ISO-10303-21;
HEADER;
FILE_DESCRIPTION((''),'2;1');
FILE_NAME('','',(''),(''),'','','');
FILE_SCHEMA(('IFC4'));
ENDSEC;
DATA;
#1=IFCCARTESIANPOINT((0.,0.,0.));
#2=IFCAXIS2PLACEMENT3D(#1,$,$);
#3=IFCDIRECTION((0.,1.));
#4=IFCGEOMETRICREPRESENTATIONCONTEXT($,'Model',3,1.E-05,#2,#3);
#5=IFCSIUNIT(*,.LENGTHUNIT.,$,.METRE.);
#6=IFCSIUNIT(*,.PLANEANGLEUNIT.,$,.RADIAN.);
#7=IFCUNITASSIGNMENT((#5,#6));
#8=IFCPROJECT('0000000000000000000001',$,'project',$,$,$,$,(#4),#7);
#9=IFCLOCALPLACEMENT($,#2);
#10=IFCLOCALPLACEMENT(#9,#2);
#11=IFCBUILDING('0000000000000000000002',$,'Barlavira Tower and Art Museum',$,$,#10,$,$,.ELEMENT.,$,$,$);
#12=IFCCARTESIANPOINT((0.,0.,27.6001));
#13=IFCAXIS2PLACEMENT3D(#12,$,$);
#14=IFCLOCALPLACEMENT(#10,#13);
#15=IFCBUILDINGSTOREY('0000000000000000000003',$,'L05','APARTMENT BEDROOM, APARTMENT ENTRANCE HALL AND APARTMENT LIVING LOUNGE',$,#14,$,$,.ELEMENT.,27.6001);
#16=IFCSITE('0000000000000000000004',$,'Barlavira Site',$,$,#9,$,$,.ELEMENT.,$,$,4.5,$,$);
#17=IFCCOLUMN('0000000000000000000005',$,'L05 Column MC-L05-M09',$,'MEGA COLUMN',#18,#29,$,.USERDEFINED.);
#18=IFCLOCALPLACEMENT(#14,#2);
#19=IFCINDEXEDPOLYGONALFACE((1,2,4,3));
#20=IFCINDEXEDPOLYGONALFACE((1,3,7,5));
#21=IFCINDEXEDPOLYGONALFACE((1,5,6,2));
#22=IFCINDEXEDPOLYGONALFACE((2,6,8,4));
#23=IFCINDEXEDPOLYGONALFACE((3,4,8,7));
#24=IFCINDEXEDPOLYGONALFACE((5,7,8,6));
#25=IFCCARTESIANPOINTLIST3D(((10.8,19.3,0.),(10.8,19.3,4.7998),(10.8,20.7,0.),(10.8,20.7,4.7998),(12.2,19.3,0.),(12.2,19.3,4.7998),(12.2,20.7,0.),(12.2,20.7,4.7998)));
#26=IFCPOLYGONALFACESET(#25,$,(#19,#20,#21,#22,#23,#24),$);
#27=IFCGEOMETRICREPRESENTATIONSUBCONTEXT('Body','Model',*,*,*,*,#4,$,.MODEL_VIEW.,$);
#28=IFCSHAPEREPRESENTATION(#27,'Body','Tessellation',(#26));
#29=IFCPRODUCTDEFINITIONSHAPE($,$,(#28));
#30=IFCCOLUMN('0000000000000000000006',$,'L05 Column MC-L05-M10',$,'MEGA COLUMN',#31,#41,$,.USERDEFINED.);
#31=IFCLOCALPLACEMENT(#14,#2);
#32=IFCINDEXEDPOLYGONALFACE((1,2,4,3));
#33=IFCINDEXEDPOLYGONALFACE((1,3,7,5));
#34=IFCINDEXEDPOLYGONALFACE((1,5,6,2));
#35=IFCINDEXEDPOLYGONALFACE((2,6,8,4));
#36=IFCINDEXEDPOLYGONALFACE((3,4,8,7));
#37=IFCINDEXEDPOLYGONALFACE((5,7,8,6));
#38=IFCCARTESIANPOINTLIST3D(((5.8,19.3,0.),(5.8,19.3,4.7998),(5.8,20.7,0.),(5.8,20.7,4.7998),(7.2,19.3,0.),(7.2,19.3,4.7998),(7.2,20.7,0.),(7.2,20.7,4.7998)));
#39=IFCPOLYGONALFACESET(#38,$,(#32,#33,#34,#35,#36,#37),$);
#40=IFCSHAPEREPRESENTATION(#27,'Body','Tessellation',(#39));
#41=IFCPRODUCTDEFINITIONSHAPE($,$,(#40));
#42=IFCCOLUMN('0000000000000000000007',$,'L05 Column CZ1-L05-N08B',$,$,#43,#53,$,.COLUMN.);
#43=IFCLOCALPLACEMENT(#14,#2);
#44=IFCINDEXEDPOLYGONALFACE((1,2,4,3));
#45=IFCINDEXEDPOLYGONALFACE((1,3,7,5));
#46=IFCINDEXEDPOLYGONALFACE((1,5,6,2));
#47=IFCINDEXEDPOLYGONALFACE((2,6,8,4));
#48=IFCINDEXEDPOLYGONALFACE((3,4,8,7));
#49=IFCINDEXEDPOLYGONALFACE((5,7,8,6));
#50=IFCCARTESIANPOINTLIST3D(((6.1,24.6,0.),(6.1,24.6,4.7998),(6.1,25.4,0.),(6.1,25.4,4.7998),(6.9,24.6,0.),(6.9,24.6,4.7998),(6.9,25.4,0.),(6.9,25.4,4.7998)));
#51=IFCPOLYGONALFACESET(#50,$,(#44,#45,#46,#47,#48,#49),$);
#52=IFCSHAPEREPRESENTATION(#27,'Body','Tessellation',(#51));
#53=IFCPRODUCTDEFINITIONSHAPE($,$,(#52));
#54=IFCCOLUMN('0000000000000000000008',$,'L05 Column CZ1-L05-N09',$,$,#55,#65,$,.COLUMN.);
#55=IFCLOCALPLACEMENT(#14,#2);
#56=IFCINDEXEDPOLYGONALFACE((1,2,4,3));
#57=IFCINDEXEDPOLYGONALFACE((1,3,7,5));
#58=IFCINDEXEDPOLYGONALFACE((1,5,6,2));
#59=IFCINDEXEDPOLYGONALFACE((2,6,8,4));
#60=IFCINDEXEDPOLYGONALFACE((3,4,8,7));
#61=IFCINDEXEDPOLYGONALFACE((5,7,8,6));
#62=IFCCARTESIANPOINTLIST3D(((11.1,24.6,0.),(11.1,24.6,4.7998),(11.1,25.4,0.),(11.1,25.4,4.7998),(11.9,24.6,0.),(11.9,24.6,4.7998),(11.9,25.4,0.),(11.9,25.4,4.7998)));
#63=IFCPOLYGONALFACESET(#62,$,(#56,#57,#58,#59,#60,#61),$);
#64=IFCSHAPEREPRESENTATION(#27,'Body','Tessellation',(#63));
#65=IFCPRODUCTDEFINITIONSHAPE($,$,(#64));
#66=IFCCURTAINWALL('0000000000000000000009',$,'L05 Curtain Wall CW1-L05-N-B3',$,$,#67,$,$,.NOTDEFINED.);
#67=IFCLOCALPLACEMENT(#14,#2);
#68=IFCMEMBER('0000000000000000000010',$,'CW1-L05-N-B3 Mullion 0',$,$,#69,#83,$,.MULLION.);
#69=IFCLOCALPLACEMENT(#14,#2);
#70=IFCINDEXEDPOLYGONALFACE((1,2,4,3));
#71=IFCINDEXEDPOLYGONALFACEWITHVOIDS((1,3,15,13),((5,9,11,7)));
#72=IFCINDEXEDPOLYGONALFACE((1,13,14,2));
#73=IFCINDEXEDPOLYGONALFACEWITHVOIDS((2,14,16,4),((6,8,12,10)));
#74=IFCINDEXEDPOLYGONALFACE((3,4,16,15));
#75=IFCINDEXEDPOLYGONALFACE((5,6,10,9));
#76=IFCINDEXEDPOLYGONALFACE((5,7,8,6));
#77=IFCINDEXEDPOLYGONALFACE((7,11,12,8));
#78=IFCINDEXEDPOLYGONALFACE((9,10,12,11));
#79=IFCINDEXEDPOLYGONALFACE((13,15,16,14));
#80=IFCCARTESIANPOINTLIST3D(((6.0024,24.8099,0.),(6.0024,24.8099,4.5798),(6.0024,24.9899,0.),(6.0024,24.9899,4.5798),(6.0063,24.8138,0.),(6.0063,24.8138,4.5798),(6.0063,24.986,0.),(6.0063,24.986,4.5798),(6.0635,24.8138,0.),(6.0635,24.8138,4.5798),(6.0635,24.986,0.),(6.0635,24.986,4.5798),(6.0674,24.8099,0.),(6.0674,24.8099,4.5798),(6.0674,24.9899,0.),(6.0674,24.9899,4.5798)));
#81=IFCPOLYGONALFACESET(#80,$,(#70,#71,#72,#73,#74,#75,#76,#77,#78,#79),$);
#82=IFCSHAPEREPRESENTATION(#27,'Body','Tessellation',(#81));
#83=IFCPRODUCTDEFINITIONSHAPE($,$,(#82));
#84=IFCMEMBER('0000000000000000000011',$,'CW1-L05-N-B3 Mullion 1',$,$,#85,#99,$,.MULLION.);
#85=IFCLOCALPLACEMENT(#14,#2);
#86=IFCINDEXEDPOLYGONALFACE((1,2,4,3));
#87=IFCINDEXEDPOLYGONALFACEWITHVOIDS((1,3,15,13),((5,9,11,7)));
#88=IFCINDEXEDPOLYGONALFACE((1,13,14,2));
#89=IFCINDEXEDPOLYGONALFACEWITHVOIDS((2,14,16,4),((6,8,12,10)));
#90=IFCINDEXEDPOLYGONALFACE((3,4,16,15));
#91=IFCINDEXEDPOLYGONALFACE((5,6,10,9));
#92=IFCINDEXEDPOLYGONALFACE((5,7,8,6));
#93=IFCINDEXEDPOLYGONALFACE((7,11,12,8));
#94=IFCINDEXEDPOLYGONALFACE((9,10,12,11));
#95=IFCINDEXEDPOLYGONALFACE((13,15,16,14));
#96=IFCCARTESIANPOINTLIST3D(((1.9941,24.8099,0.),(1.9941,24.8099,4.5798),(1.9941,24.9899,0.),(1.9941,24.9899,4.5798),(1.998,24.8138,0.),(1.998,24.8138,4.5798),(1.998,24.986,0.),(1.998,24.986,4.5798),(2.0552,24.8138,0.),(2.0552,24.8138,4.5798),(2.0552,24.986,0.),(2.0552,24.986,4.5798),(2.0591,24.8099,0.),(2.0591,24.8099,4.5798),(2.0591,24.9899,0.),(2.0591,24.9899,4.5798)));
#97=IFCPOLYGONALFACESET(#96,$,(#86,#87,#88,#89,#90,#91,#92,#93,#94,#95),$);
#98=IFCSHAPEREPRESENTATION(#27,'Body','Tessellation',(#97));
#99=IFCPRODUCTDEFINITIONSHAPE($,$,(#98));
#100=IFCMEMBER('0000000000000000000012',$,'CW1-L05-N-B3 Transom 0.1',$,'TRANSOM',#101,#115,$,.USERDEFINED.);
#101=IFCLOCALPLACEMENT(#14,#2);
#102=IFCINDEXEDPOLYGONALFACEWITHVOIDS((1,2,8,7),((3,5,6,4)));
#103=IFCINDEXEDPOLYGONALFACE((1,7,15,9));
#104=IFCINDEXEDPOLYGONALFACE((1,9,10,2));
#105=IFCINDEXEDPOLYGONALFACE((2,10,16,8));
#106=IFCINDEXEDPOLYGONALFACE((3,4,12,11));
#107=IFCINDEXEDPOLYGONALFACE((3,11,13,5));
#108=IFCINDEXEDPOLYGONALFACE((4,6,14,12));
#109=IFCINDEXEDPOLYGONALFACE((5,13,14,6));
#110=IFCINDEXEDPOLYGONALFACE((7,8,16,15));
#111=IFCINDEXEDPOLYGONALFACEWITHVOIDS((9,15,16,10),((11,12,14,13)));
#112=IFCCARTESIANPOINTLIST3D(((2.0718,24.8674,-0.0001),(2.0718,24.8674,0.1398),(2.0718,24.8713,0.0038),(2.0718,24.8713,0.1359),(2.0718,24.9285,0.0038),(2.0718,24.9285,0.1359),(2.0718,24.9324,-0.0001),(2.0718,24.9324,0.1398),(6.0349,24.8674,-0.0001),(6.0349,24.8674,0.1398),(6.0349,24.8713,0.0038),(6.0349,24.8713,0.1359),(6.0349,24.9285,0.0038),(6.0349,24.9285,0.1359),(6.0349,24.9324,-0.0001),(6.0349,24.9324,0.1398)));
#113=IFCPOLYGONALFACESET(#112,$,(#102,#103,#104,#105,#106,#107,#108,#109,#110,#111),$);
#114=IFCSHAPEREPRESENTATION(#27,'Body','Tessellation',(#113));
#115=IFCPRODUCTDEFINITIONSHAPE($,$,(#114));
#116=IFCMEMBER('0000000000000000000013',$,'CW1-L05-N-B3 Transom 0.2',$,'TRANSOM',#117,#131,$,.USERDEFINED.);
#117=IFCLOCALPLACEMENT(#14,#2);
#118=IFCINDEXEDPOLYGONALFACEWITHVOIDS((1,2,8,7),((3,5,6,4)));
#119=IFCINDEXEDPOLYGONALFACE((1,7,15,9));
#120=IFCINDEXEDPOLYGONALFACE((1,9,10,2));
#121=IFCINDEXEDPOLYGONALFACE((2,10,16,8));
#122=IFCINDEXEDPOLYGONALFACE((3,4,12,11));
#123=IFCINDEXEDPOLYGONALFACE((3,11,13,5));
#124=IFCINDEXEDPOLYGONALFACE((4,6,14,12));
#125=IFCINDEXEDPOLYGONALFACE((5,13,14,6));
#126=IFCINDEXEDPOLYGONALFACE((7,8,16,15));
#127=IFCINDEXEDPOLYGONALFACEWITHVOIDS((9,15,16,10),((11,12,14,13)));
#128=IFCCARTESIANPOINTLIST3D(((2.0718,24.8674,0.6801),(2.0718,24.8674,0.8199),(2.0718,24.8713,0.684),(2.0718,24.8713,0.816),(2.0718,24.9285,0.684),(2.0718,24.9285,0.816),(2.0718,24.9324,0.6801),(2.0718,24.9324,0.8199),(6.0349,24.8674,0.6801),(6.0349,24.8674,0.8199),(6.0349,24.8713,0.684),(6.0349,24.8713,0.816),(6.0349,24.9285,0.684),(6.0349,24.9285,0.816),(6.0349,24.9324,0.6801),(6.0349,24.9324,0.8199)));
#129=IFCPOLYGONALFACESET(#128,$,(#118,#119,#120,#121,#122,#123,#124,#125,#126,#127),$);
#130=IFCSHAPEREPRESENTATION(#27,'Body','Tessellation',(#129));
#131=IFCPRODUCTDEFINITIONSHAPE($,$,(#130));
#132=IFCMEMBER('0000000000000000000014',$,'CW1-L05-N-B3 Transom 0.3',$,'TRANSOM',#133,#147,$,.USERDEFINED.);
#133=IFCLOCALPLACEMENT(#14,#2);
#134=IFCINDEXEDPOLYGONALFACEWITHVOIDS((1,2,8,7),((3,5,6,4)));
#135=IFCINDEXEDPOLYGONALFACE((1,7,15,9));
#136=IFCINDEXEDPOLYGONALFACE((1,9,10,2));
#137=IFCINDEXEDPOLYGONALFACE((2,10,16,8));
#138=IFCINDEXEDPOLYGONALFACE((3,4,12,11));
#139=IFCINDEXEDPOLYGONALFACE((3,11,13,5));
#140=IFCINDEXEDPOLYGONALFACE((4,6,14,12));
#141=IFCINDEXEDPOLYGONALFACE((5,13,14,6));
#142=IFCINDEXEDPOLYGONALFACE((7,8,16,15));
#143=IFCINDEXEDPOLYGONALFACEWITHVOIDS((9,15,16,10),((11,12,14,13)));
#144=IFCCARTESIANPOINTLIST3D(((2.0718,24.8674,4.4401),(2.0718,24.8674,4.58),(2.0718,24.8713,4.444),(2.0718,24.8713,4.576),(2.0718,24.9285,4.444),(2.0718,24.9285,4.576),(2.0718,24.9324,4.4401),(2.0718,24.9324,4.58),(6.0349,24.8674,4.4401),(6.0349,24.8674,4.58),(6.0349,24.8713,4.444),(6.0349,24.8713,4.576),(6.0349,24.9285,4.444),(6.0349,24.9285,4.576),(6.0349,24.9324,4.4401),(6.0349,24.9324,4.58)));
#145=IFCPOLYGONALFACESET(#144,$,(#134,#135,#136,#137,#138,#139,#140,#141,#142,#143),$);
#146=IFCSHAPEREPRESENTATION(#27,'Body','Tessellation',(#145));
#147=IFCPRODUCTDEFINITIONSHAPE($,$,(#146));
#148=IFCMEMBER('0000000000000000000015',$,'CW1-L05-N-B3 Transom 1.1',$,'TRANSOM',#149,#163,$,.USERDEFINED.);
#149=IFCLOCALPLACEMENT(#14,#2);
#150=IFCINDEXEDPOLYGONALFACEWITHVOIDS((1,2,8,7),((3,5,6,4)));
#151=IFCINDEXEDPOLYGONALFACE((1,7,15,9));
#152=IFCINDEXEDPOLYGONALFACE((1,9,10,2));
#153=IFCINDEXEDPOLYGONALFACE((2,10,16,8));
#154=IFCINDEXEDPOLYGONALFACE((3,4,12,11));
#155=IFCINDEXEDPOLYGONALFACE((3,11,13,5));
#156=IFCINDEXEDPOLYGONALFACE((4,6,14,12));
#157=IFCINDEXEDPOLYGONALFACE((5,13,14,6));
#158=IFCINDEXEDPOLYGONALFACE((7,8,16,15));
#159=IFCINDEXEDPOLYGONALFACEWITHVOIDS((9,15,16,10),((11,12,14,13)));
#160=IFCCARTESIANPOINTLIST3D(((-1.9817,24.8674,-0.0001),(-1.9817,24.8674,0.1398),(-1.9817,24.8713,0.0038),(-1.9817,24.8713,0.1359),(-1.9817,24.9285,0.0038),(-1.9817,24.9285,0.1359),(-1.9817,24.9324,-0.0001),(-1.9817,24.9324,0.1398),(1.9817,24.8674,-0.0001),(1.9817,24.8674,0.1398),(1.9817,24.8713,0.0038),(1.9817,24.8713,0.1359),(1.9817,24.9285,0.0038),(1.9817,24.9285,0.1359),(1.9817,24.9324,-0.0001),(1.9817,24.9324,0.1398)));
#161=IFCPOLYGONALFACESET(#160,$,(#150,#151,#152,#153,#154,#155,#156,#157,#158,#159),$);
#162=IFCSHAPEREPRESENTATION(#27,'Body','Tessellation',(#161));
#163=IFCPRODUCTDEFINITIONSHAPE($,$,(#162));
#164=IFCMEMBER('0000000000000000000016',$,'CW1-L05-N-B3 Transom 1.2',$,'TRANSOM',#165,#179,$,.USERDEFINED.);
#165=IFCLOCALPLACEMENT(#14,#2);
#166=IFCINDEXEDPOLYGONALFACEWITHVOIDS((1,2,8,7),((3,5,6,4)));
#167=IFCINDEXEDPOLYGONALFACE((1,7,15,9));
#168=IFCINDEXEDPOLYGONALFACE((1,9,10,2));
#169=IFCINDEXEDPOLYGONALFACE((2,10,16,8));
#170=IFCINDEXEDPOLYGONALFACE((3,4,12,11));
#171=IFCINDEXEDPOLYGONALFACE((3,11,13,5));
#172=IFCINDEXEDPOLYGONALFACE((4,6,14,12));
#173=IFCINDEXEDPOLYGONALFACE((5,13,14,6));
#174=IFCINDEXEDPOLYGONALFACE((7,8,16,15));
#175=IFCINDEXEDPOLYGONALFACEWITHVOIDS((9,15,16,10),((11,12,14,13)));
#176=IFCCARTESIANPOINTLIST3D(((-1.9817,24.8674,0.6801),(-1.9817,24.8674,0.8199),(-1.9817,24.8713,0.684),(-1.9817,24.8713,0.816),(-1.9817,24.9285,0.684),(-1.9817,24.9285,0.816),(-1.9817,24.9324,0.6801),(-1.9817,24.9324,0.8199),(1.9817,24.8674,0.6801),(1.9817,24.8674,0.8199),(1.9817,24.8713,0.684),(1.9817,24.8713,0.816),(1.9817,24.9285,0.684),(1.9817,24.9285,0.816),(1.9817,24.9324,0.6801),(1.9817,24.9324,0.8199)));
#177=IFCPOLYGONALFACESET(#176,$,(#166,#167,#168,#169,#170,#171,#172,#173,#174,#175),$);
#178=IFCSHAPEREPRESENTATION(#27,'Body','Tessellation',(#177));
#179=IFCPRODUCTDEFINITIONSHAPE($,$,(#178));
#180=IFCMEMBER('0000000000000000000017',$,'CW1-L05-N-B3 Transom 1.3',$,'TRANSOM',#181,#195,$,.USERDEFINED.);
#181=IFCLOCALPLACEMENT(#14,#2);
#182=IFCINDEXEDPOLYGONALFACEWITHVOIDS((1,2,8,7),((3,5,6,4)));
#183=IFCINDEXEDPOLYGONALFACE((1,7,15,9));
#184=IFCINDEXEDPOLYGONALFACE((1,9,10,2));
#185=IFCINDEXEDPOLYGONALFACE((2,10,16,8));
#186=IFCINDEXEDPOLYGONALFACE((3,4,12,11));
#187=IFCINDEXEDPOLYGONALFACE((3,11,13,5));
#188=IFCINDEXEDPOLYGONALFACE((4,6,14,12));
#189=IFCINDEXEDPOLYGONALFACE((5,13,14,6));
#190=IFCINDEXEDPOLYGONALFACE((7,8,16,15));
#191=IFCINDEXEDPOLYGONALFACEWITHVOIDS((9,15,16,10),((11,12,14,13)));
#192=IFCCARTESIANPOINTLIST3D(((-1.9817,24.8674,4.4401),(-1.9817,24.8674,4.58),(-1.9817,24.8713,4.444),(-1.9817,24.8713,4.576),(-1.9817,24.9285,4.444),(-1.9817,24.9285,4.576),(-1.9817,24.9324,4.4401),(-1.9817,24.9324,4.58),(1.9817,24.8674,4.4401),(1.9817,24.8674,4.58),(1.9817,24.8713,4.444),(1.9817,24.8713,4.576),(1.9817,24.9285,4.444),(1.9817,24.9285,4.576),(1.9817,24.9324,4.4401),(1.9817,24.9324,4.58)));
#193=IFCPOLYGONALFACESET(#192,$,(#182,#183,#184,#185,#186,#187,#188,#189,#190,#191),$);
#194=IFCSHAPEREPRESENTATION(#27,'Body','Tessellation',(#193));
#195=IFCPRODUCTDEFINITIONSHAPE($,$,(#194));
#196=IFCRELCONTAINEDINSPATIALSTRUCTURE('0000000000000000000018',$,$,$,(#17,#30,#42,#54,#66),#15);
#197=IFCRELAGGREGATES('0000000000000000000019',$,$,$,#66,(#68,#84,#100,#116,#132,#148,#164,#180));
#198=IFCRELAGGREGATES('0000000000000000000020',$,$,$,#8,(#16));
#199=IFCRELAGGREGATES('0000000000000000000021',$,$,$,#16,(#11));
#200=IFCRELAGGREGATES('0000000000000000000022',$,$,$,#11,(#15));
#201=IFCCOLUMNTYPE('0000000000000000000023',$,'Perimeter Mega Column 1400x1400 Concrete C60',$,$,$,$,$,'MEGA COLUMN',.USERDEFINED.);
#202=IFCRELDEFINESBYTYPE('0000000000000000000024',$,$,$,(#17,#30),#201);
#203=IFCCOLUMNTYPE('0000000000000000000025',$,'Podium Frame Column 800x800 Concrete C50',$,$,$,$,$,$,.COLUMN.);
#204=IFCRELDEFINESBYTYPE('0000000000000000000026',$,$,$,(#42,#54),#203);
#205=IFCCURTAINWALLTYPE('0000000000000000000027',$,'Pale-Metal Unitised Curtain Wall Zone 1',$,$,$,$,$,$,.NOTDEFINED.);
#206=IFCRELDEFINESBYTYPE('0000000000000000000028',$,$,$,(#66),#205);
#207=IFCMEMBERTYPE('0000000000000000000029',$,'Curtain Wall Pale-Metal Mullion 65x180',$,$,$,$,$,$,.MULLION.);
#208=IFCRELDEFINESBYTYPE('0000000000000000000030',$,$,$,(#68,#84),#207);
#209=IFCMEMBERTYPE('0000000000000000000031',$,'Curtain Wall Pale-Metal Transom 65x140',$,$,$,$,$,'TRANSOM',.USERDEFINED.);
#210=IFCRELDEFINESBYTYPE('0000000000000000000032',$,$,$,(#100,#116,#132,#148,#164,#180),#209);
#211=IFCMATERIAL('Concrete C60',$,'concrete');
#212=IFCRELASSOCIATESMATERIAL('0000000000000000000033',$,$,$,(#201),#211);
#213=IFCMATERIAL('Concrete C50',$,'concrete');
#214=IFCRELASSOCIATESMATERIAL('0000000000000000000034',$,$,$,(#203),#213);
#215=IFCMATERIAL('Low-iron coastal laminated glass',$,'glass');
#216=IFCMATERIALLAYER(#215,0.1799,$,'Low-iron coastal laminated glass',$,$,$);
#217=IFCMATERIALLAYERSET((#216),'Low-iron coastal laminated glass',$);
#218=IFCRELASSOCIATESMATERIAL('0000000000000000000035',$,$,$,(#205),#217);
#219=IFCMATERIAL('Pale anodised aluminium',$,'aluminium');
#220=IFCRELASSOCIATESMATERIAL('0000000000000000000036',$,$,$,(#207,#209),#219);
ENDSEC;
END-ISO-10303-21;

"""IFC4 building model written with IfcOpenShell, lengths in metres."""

from ifc_helpers import new_model, si_unit, direction, frame, origin, origin_2d, place, context, subcontext, project, spatial, rectangle, hollow_rectangle, extrude, material, layer, layer_set, material_profile, profile_set, type_object, element, aggregate, save


model = new_model("IFC4")

# Units and contexts
model_context = context("Model", 3, precision=1e-05, world=origin(), true_north=direction((0.0, 1.0)))
body_context = subcontext(model_context, "Body", "Model", "MODEL_VIEW")
ifc_project = project(units=[si_unit("LENGTHUNIT", "METRE"), si_unit("PLANEANGLEUNIT", "RADIAN")], contexts=[model_context])

# Site, building, storey
site_placement = place(None, origin())
site = spatial("IfcSite", under=ifc_project, at=site_placement, Name="Barlavira Site", CompositionType="ELEMENT", RefElevation=4.5)
building_placement = place(site_placement, origin())
building = spatial("IfcBuilding", under=site, at=building_placement, Name="Barlavira Tower and Art Museum", CompositionType="ELEMENT")
storey_placement = place(building_placement, frame((0.0, 0.0, 27.6001)))
storey = spatial("IfcBuildingStorey", under=building, at=storey_placement, Name="L05", Description="APARTMENT BEDROOM, APARTMENT ENTRANCE HALL AND APARTMENT LIVING LOUNGE", CompositionType="ELEMENT", Elevation=27.6001)

# Columns
ifc_material_1 = material(Name="Concrete C60", Category="concrete")
ifc_material_profile_1 = material_profile(ifc_material_1, rectangle(XDim=1.3999, YDim=1.3999, at=origin_2d()), Name="RC-MCOL 1400x1400")
ifc_profile_set_1 = profile_set([ifc_material_profile_1], Name="Concrete C60")
column_type_1 = type_object("IfcColumnType", Name="Perimeter Mega Column 1400x1400 Concrete C60", ElementType="MEGA COLUMN", PredefinedType="USERDEFINED", material=ifc_profile_set_1)
for number, where, z_axis, x_axis, name in (
    (1, (11.5, 20.0, 0.0), (0.0, 0.0, 1.0), (1.0, 0.0, 0.0), "L05 Column MC-L05-M09"),
    (2, (6.5, 20.0, 0.0), (0.0, 0.0, 1.0), (1.0, 0.0, 0.0), "L05 Column MC-L05-M10"),
):
    element("IfcColumn", number, at=place(storey_placement, frame(where, z_axis=z_axis, x_axis=x_axis)), inside=storey, type_object=column_type_1, Name=name, ObjectType="MEGA COLUMN", PredefinedType="USERDEFINED", context=body_context, shape_type="SweptSolid", body=[
        extrude(rectangle(XDim=1.3999, YDim=1.3999, at=origin_2d()), origin(), (0.0, 0.0, 1.0), 4.7998),
    ])
ifc_material_2 = material(Name="Concrete C50", Category="concrete")
ifc_material_profile_2 = material_profile(ifc_material_2, rectangle(XDim=0.8, YDim=0.8, at=origin_2d()), Name="RC-COL 800x800")
ifc_profile_set_2 = profile_set([ifc_material_profile_2], Name="Concrete C50")
column_type_2 = type_object("IfcColumnType", Name="Podium Frame Column 800x800 Concrete C50", PredefinedType="COLUMN", material=ifc_profile_set_2)
for number, where, z_axis, x_axis, name in (
    (3, (6.5, 25.0, 0.0), (0.0, 0.0, 1.0), (1.0, 0.0, 0.0), "L05 Column CZ1-L05-N08B"),
    (4, (11.5, 25.0, 0.0), (0.0, 0.0, 1.0), (1.0, 0.0, 0.0), "L05 Column CZ1-L05-N09"),
):
    element("IfcColumn", number, at=place(storey_placement, frame(where, z_axis=z_axis, x_axis=x_axis)), inside=storey, type_object=column_type_2, Name=name, PredefinedType="COLUMN", context=body_context, shape_type="SweptSolid", body=[
        extrude(rectangle(XDim=0.8, YDim=0.8, at=origin_2d()), origin(), (0.0, 0.0, 1.0), 4.7998),
    ])

# Curtain wall, members
ifc_material_3 = material(Name="Low-iron coastal laminated glass", Category="glass")
ifc_layer_1 = layer(ifc_material_3, 0.1799, Name="Low-iron coastal laminated glass")
ifc_layer_set_1 = layer_set([ifc_layer_1], Name="Low-iron coastal laminated glass")
curtain_wall_type = type_object("IfcCurtainWallType", Name="Pale-Metal Unitised Curtain Wall Zone 1", PredefinedType="NOTDEFINED", material=ifc_layer_set_1)
curtain_wall_placement = place(storey_placement, origin())
curtain_wall = element("IfcCurtainWall", 5, at=curtain_wall_placement, inside=storey, type_object=curtain_wall_type, Name="L05 Curtain Wall CW1-L05-N-B3", PredefinedType="NOTDEFINED")
ifc_material_4 = material(Name="Pale anodised aluminium", Category="aluminium")
ifc_material_profile_3 = material_profile(ifc_material_4, hollow_rectangle(XDim=0.0649, YDim=0.1799, WallThickness=0.0039, at=origin_2d()), Name="ALU-MULL 65x180x4")
ifc_profile_set_3 = profile_set([ifc_material_profile_3], Name="Pale anodised aluminium")
member_type_1 = type_object("IfcMemberType", Name="Curtain Wall Pale-Metal Mullion 65x180", PredefinedType="MULLION", material=ifc_profile_set_3)
member_1_placement = place(storey_placement, frame((6.0349, 24.8999, 0.0), z_axis=(0.0, 0.0, 1.0), x_axis=(-1.0, 0.0, 0.0)))
member_1 = element("IfcMember", 6, at=member_1_placement, type_object=member_type_1, Name="CW1-L05-N-B3 Mullion 0", PredefinedType="MULLION", context=body_context, shape_type="SweptSolid", body=[
    extrude(hollow_rectangle(XDim=0.0649, YDim=0.1799, WallThickness=0.0039, at=origin_2d()), origin(), (0.0, 0.0, 1.0), 4.5798),
])
member_2_placement = place(storey_placement, frame((2.0266, 24.8999, 0.0), z_axis=(0.0, 0.0, 1.0), x_axis=(-1.0, 0.0, 0.0)))
member_2 = element("IfcMember", 7, at=member_2_placement, type_object=member_type_1, Name="CW1-L05-N-B3 Mullion 1", PredefinedType="MULLION", context=body_context, shape_type="SweptSolid", body=[
    extrude(hollow_rectangle(XDim=0.0649, YDim=0.1799, WallThickness=0.0039, at=origin_2d()), origin(), (0.0, 0.0, 1.0), 4.5798),
])
ifc_material_profile_4 = material_profile(ifc_material_4, hollow_rectangle(XDim=0.0649, YDim=0.1399, WallThickness=0.0039, at=origin_2d()), Name="ALU-TRAN 65x140x4")
ifc_profile_set_4 = profile_set([ifc_material_profile_4], Name="Pale anodised aluminium")
member_type_2 = type_object("IfcMemberType", Name="Curtain Wall Pale-Metal Transom 65x140", ElementType="TRANSOM", PredefinedType="USERDEFINED", material=ifc_profile_set_4)
member_3_placement = place(storey_placement, frame((6.0349, 24.8999, 0.0698), z_axis=(-1.0, 0.0, 0.0), x_axis=(0.0, -1.0, 0.0)))
member_3 = element("IfcMember", 8, at=member_3_placement, type_object=member_type_2, Name="CW1-L05-N-B3 Transom 0.1", ObjectType="TRANSOM", PredefinedType="USERDEFINED", context=body_context, shape_type="SweptSolid", body=[
    extrude(hollow_rectangle(XDim=0.0649, YDim=0.1399, WallThickness=0.0039, at=origin_2d()), origin(), (0.0, 0.0, 1.0), 3.9631),
])
member_4_placement = place(storey_placement, frame((6.0349, 24.8999, 0.75), z_axis=(-1.0, 0.0, 0.0), x_axis=(0.0, -1.0, 0.0)))
member_4 = element("IfcMember", 9, at=member_4_placement, type_object=member_type_2, Name="CW1-L05-N-B3 Transom 0.2", ObjectType="TRANSOM", PredefinedType="USERDEFINED", context=body_context, shape_type="SweptSolid", body=[
    extrude(hollow_rectangle(XDim=0.0649, YDim=0.1399, WallThickness=0.0039, at=origin_2d()), origin(), (0.0, 0.0, 1.0), 3.9631),
])
member_5_placement = place(storey_placement, frame((6.0349, 24.8999, 4.51), z_axis=(-1.0, 0.0, 0.0), x_axis=(0.0, -1.0, 0.0)))
member_5 = element("IfcMember", 10, at=member_5_placement, type_object=member_type_2, Name="CW1-L05-N-B3 Transom 0.3", ObjectType="TRANSOM", PredefinedType="USERDEFINED", context=body_context, shape_type="SweptSolid", body=[
    extrude(hollow_rectangle(XDim=0.0649, YDim=0.1399, WallThickness=0.0039, at=origin_2d()), origin(), (0.0, 0.0, 1.0), 3.9631),
])
member_6_placement = place(storey_placement, frame((1.9817, 24.8999, 0.0698), z_axis=(-1.0, 0.0, 0.0), x_axis=(0.0, -1.0, 0.0)))
member_6 = element("IfcMember", 11, at=member_6_placement, type_object=member_type_2, Name="CW1-L05-N-B3 Transom 1.1", ObjectType="TRANSOM", PredefinedType="USERDEFINED", context=body_context, shape_type="SweptSolid", body=[
    extrude(hollow_rectangle(XDim=0.0649, YDim=0.1399, WallThickness=0.0039, at=origin_2d()), origin(), (0.0, 0.0, 1.0), 3.9634),
])
member_7_placement = place(storey_placement, frame((1.9817, 24.8999, 0.75), z_axis=(-1.0, 0.0, 0.0), x_axis=(0.0, -1.0, 0.0)))
member_7 = element("IfcMember", 12, at=member_7_placement, type_object=member_type_2, Name="CW1-L05-N-B3 Transom 1.2", ObjectType="TRANSOM", PredefinedType="USERDEFINED", context=body_context, shape_type="SweptSolid", body=[
    extrude(hollow_rectangle(XDim=0.0649, YDim=0.1399, WallThickness=0.0039, at=origin_2d()), origin(), (0.0, 0.0, 1.0), 3.9634),
])
member_8_placement = place(storey_placement, frame((1.9817, 24.8999, 4.51), z_axis=(-1.0, 0.0, 0.0), x_axis=(0.0, -1.0, 0.0)))
member_8 = element("IfcMember", 13, at=member_8_placement, type_object=member_type_2, Name="CW1-L05-N-B3 Transom 1.3", ObjectType="TRANSOM", PredefinedType="USERDEFINED", context=body_context, shape_type="SweptSolid", body=[
    extrude(hollow_rectangle(XDim=0.0649, YDim=0.1399, WallThickness=0.0039, at=origin_2d()), origin(), (0.0, 0.0, 1.0), 3.9634),
])

aggregate(curtain_wall, [member_1, member_2, member_3, member_4, member_5, member_6, member_7, member_8])

save(model, "model.ifc")
